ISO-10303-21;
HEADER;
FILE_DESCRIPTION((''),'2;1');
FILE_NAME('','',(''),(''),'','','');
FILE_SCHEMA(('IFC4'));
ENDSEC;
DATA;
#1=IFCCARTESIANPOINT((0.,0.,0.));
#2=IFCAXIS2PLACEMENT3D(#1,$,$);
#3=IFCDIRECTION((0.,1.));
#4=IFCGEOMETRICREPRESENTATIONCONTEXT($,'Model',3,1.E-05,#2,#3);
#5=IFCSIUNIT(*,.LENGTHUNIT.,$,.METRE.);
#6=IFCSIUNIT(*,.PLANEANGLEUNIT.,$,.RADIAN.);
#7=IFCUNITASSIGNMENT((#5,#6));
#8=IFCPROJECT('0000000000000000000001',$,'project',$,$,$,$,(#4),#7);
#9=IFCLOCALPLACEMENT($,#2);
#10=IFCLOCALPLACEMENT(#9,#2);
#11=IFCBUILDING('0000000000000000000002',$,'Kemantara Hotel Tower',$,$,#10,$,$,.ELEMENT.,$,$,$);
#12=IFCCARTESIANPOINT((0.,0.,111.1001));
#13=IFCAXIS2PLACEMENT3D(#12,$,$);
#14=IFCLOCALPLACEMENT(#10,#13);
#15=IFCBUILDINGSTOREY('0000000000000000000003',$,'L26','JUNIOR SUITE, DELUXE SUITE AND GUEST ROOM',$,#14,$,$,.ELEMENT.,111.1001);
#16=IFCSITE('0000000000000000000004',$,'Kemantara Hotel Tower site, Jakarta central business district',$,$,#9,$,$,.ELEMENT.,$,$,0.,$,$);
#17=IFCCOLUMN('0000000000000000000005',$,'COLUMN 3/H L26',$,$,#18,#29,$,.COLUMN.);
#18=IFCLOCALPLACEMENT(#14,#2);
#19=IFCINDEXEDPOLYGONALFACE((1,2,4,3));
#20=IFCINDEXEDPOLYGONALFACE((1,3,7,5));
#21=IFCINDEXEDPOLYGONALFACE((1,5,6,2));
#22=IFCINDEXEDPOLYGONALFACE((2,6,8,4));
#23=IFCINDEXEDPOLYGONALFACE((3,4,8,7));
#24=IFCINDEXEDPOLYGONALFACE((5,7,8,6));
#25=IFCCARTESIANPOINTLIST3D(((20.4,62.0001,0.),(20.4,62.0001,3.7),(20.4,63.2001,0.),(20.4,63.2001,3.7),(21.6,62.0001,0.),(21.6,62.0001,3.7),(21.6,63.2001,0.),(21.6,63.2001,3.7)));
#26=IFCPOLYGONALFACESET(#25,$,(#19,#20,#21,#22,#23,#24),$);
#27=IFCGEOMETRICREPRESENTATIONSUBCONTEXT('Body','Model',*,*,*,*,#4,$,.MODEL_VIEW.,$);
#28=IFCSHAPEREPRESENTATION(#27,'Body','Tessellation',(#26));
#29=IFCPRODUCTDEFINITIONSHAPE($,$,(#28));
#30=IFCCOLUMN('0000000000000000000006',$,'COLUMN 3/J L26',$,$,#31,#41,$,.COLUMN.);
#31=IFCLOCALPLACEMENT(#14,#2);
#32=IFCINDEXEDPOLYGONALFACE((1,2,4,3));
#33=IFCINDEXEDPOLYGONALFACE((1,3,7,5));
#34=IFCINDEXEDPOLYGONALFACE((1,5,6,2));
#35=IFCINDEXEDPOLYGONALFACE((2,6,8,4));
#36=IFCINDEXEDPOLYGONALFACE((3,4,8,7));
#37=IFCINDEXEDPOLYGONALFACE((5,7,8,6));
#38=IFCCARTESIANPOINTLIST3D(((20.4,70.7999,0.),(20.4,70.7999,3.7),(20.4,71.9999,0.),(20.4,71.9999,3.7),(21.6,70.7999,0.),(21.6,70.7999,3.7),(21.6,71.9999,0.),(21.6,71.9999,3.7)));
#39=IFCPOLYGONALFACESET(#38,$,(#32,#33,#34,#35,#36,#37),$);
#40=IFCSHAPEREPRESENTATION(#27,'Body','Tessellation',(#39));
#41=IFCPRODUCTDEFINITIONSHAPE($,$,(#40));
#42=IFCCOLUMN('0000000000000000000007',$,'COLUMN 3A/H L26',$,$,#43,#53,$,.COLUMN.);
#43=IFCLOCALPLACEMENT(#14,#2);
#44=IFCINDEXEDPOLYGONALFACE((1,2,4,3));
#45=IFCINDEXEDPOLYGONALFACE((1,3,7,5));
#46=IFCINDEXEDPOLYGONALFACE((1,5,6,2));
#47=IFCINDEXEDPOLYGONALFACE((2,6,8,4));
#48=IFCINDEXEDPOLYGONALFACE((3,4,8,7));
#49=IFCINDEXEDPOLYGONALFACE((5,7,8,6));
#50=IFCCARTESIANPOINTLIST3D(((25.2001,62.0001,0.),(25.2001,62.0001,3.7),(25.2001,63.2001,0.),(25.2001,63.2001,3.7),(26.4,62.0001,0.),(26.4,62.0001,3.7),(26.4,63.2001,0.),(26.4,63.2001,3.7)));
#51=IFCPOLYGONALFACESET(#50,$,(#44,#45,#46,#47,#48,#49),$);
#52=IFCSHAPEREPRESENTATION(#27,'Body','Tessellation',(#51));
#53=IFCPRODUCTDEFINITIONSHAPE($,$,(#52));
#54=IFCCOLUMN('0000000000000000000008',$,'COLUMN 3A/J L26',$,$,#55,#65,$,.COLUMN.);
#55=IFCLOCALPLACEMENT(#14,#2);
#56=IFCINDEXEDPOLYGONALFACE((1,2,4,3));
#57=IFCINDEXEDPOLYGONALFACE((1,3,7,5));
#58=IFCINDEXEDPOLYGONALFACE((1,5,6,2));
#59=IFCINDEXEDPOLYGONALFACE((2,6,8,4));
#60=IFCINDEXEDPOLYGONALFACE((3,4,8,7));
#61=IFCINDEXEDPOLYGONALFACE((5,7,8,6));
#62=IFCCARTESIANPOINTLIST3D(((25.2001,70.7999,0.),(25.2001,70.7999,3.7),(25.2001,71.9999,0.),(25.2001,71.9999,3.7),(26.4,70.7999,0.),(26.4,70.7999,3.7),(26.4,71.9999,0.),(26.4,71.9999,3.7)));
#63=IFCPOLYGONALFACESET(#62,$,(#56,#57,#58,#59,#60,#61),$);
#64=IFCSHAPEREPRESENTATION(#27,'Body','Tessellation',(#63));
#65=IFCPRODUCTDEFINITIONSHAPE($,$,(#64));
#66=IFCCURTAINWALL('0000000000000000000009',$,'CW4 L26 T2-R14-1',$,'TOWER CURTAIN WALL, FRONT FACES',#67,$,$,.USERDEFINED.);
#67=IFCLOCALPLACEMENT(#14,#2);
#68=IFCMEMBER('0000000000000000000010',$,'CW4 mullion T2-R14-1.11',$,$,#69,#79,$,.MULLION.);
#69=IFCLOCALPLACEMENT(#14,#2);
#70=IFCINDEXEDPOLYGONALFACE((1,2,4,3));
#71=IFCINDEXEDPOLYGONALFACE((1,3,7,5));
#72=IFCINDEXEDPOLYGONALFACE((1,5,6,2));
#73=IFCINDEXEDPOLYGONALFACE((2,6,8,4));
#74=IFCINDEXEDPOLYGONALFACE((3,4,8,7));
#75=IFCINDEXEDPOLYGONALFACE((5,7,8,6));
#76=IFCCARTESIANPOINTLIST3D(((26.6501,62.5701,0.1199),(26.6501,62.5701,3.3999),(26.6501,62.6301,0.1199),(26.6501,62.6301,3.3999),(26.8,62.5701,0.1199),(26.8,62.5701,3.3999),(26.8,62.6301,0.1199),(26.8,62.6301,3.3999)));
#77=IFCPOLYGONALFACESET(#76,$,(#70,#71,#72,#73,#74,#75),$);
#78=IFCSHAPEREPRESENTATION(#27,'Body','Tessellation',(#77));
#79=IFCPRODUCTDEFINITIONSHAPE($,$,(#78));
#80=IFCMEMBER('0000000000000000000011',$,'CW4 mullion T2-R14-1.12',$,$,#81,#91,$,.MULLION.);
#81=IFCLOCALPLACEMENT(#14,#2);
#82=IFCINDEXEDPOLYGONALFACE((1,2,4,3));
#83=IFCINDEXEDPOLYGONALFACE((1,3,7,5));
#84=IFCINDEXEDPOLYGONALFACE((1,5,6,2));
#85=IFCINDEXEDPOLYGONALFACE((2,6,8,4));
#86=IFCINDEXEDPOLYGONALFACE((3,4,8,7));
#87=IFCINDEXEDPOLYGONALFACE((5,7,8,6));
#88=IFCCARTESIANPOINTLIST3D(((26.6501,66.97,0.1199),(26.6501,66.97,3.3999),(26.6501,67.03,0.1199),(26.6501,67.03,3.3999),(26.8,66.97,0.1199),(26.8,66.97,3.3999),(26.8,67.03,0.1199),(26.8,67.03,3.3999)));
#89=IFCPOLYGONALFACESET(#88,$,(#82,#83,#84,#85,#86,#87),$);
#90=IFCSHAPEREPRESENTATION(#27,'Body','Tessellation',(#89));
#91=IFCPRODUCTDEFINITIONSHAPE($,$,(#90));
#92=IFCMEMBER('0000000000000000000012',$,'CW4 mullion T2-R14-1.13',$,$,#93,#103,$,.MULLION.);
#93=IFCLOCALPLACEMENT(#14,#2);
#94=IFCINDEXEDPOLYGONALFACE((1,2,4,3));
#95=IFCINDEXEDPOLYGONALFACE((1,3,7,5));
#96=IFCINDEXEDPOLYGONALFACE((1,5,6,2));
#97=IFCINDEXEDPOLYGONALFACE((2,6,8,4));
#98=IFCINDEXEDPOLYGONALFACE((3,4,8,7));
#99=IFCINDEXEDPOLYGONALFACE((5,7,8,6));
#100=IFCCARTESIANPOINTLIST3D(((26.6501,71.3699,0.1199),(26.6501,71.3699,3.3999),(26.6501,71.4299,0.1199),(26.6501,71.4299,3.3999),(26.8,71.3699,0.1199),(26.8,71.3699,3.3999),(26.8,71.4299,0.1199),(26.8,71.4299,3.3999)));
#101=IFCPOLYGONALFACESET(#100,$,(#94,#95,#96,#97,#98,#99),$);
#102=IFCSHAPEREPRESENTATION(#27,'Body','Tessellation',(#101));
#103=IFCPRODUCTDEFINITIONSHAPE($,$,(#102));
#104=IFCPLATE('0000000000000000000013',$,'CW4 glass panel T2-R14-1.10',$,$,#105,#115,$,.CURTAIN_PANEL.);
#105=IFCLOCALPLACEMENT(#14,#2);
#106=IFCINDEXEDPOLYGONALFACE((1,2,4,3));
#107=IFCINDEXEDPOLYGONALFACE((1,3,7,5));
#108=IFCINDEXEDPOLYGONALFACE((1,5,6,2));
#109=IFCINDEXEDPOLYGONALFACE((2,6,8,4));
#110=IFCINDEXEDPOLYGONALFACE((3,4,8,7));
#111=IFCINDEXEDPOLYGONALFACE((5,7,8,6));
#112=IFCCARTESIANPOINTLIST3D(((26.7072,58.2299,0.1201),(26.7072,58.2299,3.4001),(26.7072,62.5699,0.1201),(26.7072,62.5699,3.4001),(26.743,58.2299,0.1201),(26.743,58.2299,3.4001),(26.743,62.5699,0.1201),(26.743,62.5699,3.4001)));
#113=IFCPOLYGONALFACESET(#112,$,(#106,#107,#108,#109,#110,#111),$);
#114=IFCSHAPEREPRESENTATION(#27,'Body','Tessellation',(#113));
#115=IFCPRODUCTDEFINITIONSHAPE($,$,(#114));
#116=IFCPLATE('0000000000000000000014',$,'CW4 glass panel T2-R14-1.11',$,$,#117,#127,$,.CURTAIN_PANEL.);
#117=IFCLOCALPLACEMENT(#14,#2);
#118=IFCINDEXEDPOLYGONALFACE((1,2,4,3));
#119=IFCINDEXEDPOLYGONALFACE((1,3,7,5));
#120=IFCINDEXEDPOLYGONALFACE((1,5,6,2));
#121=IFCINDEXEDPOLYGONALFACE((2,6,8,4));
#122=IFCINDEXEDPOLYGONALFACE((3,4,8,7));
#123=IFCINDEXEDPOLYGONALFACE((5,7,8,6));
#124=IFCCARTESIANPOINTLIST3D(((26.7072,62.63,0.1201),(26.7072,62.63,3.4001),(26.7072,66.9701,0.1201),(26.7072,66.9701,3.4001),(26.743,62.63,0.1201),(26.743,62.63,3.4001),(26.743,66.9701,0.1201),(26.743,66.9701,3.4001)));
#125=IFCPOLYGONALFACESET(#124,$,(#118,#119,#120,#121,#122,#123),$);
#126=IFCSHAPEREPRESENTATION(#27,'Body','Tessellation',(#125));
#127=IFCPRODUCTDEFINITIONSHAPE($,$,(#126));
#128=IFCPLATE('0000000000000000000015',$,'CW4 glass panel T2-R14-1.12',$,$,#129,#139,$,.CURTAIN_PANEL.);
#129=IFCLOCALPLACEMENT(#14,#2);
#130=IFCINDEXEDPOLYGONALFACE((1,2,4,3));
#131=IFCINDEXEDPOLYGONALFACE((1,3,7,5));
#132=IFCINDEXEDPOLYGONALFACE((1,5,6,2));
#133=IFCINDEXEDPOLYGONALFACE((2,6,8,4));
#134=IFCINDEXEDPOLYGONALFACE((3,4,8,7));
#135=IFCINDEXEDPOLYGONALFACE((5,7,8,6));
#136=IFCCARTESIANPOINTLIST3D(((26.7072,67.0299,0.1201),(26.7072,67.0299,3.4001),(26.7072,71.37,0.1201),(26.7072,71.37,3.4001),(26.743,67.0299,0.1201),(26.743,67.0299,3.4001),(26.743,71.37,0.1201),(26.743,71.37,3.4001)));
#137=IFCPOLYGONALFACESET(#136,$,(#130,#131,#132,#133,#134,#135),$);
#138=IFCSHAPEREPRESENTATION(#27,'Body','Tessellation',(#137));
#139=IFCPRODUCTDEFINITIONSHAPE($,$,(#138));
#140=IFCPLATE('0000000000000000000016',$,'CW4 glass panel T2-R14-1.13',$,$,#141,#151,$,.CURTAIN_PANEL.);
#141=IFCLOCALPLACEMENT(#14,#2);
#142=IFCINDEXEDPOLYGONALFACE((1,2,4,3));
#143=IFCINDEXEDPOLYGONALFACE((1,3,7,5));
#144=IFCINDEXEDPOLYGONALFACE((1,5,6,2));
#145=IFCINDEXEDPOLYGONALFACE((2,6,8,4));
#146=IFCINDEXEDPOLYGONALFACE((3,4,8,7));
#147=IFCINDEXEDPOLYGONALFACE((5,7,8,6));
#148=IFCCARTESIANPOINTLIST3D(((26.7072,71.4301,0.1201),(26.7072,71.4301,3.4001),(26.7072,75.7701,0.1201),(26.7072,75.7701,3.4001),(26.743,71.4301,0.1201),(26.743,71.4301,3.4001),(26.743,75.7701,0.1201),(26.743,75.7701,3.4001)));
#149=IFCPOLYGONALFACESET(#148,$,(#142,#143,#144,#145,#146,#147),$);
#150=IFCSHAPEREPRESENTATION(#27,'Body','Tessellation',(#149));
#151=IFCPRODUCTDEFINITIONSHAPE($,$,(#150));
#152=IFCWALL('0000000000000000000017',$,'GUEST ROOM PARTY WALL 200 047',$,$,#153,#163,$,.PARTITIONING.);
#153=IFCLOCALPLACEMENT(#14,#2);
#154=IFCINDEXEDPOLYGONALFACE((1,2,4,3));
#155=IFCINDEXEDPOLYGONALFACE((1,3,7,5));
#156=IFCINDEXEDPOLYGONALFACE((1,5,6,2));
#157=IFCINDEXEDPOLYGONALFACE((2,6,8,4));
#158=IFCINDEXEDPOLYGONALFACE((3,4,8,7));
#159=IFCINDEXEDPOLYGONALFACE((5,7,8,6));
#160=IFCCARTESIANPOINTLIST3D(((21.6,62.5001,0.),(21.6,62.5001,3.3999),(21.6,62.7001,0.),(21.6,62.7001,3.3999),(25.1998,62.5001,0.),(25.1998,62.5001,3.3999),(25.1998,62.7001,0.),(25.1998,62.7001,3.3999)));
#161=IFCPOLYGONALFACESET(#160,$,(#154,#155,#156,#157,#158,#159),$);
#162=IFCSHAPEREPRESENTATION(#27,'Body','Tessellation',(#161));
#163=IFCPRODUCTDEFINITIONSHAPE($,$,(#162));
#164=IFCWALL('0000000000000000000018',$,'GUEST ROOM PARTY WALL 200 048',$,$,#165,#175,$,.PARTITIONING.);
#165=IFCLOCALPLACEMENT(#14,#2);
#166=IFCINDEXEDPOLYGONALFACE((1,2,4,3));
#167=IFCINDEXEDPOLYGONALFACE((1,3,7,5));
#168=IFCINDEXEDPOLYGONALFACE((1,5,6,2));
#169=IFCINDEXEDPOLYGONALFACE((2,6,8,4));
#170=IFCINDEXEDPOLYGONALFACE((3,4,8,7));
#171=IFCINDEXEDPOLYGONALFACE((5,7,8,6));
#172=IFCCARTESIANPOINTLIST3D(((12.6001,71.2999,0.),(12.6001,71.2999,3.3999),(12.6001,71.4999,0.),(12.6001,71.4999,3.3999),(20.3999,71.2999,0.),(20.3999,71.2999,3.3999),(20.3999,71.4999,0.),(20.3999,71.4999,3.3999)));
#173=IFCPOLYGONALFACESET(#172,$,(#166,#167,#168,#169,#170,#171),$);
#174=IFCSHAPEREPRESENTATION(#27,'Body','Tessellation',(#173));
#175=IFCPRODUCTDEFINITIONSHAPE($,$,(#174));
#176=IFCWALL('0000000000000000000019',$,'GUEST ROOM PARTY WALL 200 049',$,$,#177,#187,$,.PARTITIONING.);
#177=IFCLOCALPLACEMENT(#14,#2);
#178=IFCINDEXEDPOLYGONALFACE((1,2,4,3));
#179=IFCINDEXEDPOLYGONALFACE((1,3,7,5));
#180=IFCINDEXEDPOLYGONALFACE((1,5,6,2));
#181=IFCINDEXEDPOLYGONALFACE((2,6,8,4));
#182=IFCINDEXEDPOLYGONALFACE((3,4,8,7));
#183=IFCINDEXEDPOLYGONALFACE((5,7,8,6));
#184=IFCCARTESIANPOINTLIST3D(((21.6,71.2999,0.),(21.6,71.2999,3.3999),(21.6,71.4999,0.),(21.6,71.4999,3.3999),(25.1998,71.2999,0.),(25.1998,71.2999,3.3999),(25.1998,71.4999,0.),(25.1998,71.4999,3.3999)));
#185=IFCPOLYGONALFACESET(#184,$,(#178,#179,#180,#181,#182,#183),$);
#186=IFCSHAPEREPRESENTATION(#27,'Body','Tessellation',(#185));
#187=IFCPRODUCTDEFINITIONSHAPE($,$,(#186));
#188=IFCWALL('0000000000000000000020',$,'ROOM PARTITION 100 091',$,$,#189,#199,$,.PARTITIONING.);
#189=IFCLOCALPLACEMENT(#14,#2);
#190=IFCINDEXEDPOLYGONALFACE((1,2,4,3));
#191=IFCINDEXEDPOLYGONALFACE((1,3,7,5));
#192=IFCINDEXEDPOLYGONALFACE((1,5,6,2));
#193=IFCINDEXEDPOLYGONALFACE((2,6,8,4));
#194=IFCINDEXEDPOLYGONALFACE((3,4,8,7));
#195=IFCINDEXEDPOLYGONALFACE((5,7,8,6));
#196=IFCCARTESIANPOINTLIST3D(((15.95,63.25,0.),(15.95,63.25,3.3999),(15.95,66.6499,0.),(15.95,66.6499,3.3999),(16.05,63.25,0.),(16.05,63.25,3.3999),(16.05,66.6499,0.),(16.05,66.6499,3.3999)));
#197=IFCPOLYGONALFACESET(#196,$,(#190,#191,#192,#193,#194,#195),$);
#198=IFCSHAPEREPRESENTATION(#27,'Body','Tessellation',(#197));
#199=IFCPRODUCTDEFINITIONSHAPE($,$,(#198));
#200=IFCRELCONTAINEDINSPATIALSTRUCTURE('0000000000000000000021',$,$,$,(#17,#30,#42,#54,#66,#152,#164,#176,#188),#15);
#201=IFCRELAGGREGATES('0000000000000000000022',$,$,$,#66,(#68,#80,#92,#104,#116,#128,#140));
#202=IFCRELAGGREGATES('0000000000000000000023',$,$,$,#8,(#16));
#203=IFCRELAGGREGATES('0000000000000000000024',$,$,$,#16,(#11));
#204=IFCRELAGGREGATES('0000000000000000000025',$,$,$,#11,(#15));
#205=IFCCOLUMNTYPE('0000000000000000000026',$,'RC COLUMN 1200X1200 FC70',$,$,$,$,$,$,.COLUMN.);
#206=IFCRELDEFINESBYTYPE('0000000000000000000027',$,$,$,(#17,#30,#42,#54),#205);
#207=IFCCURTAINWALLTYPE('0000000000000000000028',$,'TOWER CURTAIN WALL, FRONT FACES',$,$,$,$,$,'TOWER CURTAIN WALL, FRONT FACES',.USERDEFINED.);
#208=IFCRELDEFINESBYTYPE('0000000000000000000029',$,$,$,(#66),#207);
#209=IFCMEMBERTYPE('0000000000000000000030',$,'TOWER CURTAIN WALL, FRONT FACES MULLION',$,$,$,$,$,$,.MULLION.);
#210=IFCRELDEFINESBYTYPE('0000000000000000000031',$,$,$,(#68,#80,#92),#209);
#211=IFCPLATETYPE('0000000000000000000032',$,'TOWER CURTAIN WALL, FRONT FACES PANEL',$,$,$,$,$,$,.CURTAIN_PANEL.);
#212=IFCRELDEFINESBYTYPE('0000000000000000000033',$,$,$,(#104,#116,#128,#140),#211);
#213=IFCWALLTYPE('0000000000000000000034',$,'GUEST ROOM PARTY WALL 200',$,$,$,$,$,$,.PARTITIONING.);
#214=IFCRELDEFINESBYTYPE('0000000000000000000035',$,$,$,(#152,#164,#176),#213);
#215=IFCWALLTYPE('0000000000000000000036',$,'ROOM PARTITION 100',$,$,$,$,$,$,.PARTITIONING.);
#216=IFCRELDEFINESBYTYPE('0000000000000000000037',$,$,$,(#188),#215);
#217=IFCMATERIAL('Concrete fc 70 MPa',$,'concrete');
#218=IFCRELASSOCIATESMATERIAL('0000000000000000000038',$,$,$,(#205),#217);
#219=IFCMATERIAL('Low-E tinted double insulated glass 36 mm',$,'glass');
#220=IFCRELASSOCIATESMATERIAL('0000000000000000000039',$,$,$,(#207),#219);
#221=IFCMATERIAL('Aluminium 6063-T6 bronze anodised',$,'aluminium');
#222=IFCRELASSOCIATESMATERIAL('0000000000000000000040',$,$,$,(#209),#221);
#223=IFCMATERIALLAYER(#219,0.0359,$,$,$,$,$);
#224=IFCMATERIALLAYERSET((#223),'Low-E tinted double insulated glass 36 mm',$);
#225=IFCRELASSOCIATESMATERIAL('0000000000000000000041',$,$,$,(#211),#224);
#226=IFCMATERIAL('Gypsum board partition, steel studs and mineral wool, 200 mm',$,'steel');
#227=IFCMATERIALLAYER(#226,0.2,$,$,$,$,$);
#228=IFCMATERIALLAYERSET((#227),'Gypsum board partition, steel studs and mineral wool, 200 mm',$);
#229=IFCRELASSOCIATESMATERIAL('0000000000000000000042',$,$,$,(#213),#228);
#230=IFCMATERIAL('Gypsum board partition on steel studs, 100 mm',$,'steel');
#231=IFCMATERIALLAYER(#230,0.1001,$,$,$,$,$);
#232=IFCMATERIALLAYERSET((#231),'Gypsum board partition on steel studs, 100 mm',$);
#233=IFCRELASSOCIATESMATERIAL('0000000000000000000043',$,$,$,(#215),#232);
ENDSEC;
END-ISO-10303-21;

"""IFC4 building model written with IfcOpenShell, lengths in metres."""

from ifc_helpers import new_model, si_unit, direction, frame, frame_2d, origin, origin_2d, place, context, subcontext, project, spatial, rectangle, extrude, source, transform, mapped, material, layer, layer_set, material_profile, profile_set, type_object, element, aggregate, save


model = new_model("IFC4")

# Units and contexts
model_context = context("Model", 3, precision=1e-05, world=origin(), true_north=direction((0.0, 1.0)))
body_context = subcontext(model_context, "Body", "Model", "MODEL_VIEW")
ifc_project = project(units=[si_unit("LENGTHUNIT", "METRE"), si_unit("PLANEANGLEUNIT", "RADIAN")], contexts=[model_context])

# Site, building, storey
site_placement = place(None, origin())
site = spatial("IfcSite", under=ifc_project, at=site_placement, Name="Kemantara Hotel Tower site, Jakarta central business district", CompositionType="ELEMENT", RefElevation=0.0)
building_placement = place(site_placement, origin())
building = spatial("IfcBuilding", under=site, at=building_placement, Name="Kemantara Hotel Tower", CompositionType="ELEMENT")
storey_placement = place(building_placement, frame((0.0, 0.0, 111.1001)))
storey = spatial("IfcBuildingStorey", under=building, at=storey_placement, Name="L26", Description="JUNIOR SUITE, DELUXE SUITE AND GUEST ROOM", CompositionType="ELEMENT", Elevation=111.1001)

# Columns
ifc_material_1 = material(Name="Concrete fc 70 MPa", Category="concrete")
ifc_material_profile_1 = material_profile(ifc_material_1, rectangle(XDim=1.2, YDim=1.2, at=origin_2d()), Name="RC 1200X1200")
ifc_profile_set_1 = profile_set([ifc_material_profile_1], Name="Concrete fc 70 MPa")
column_type = type_object("IfcColumnType", Name="RC COLUMN 1200X1200 FC70", PredefinedType="COLUMN", material=ifc_profile_set_1)
for number, where, z_axis, x_axis, name in (
    (1, (21.0, 62.6001, 0.0), (0.0, 0.0, 1.0), (1.0, 0.0, 0.0), "COLUMN 3/H L26"),
    (2, (21.0, 71.3999, 0.0), (0.0, 0.0, 1.0), (1.0, 0.0, 0.0), "COLUMN 3/J L26"),
    (3, (25.8, 62.6001, 0.0), (0.0, 0.0, 1.0), (1.0, 0.0, 0.0), "COLUMN 3A/H L26"),
    (4, (25.8, 71.3999, 0.0), (0.0, 0.0, 1.0), (1.0, 0.0, 0.0), "COLUMN 3A/J L26"),
):
    element("IfcColumn", number, at=place(storey_placement, frame(where, z_axis=z_axis, x_axis=x_axis)), inside=storey, type_object=column_type, Name=name, PredefinedType="COLUMN", context=body_context, shape_type="SweptSolid", body=[
        extrude(rectangle(XDim=1.2, YDim=1.2, at=origin_2d()), origin(), (0.0, 0.0, 1.0), 3.7),
    ])

# Curtain wall, members, plates
ifc_material_2 = material(Name="Low-E tinted double insulated glass 36 mm", Category="glass")
curtain_wall_type = type_object("IfcCurtainWallType", Name="TOWER CURTAIN WALL, FRONT FACES", ElementType="TOWER CURTAIN WALL, FRONT FACES", PredefinedType="USERDEFINED", material=ifc_material_2)
curtain_wall_placement = place(storey_placement, origin())
curtain_wall = element("IfcCurtainWall", 5, at=curtain_wall_placement, inside=storey, type_object=curtain_wall_type, Name="CW4 L26 T2-R14-1", ObjectType="TOWER CURTAIN WALL, FRONT FACES", PredefinedType="USERDEFINED")
ifc_material_3 = material(Name="Aluminium 6063-T6 bronze anodised", Category="aluminium")
ifc_material_profile_2 = material_profile(ifc_material_3, rectangle(XDim=0.1499, YDim=0.0601, at=origin_2d()), Name="TOWER CURTAIN WALL, FRONT FACES MULLION")
ifc_profile_set_2 = profile_set([ifc_material_profile_2], Name="Aluminium 6063-T6 bronze anodised")
member_type = type_object("IfcMemberType", Name="TOWER CURTAIN WALL, FRONT FACES MULLION", PredefinedType="MULLION", material=ifc_profile_set_2)
shared_shape_1 = source(origin(), body_context, "Body", "SweptSolid", [
    extrude(rectangle(XDim=0.1499, YDim=0.0601, at=origin_2d()), origin(), (0.0, 0.0, 1.0), 3.28),
])
member_1_placement = place(storey_placement, frame((26.7251, 62.6001, 0.1199), z_axis=(0.0, 0.0, 1.0), x_axis=(-1.0, 0.0, 0.0)))
member_1 = element("IfcMember", 6, at=member_1_placement, type_object=member_type, Name="CW4 mullion T2-R14-1.11", PredefinedType="MULLION", context=body_context, shape_type="MappedRepresentation", body=[
    mapped(shared_shape_1, transform((0.0, 0.0, 0.0))),
])
member_2_placement = place(storey_placement, frame((26.7251, 67.0, 0.1199), z_axis=(0.0, 0.0, 1.0), x_axis=(-1.0, 0.0, 0.0)))
member_2 = element("IfcMember", 7, at=member_2_placement, type_object=member_type, Name="CW4 mullion T2-R14-1.12", PredefinedType="MULLION", context=body_context, shape_type="MappedRepresentation", body=[
    mapped(shared_shape_1, transform((0.0, 0.0, 0.0))),
])
member_3_placement = place(storey_placement, frame((26.7251, 71.3999, 0.1199), z_axis=(0.0, 0.0, 1.0), x_axis=(-1.0, 0.0, 0.0)))
member_3 = element("IfcMember", 8, at=member_3_placement, type_object=member_type, Name="CW4 mullion T2-R14-1.13", PredefinedType="MULLION", context=body_context, shape_type="MappedRepresentation", body=[
    mapped(shared_shape_1, transform((0.0, 0.0, 0.0))),
])
ifc_layer_1 = layer(ifc_material_2, 0.0359)
ifc_layer_set_1 = layer_set([ifc_layer_1], Name="Low-E tinted double insulated glass 36 mm")
plate_type = type_object("IfcPlateType", Name="TOWER CURTAIN WALL, FRONT FACES PANEL", PredefinedType="CURTAIN_PANEL", material=ifc_layer_set_1)
shared_shape_2 = source(origin(), body_context, "Body", "SweptSolid", [
    extrude(rectangle(XDim=4.3401, YDim=0.0359, at=origin_2d()), origin(), (0.0, 0.0, 1.0), 3.28),
])
plate_1_placement = place(storey_placement, frame((26.7251, 60.3999, 0.1201), z_axis=(0.0, 0.0, 1.0), x_axis=(0.0, 1.0, 0.0)))
plate_1 = element("IfcPlate", 9, at=plate_1_placement, type_object=plate_type, Name="CW4 glass panel T2-R14-1.10", PredefinedType="CURTAIN_PANEL", context=body_context, shape_type="MappedRepresentation", body=[
    mapped(shared_shape_2, transform((0.0, 0.0, 0.0))),
])
plate_2_placement = place(storey_placement, frame((26.7251, 64.8, 0.1201), z_axis=(0.0, 0.0, 1.0), x_axis=(0.0, 1.0, 0.0)))
plate_2 = element("IfcPlate", 10, at=plate_2_placement, type_object=plate_type, Name="CW4 glass panel T2-R14-1.11", PredefinedType="CURTAIN_PANEL", context=body_context, shape_type="MappedRepresentation", body=[
    mapped(shared_shape_2, transform((0.0, 0.0, 0.0))),
])
plate_3_placement = place(storey_placement, frame((26.7251, 69.2, 0.1201), z_axis=(0.0, 0.0, 1.0), x_axis=(0.0, 1.0, 0.0)))
plate_3 = element("IfcPlate", 11, at=plate_3_placement, type_object=plate_type, Name="CW4 glass panel T2-R14-1.12", PredefinedType="CURTAIN_PANEL", context=body_context, shape_type="MappedRepresentation", body=[
    mapped(shared_shape_2, transform((0.0, 0.0, 0.0))),
])
plate_4_placement = place(storey_placement, frame((26.7251, 73.6001, 0.1201), z_axis=(0.0, 0.0, 1.0), x_axis=(0.0, 1.0, 0.0)))
plate_4 = element("IfcPlate", 12, at=plate_4_placement, type_object=plate_type, Name="CW4 glass panel T2-R14-1.13", PredefinedType="CURTAIN_PANEL", context=body_context, shape_type="MappedRepresentation", body=[
    mapped(shared_shape_2, transform((0.0, 0.0, 0.0))),
])
aggregate(curtain_wall, [member_1, member_2, member_3, plate_1, plate_2, plate_3, plate_4])

# Walls
ifc_material_4 = material(Name="Gypsum board partition, steel studs and mineral wool, 200 mm", Category="steel")
ifc_layer_2 = layer(ifc_material_4, 0.2)
ifc_layer_set_2 = layer_set([ifc_layer_2], Name="Gypsum board partition, steel studs and mineral wool, 200 mm")
wall_type_1 = type_object("IfcWallType", Name="GUEST ROOM PARTY WALL 200", PredefinedType="PARTITIONING", material=ifc_layer_set_2)
wall_1_placement = place(storey_placement, frame((21.6001, 62.6001, 0.0), z_axis=(0.0, 0.0, 1.0), x_axis=(1.0, 0.0, 0.0)))
element("IfcWall", 13, at=wall_1_placement, inside=storey, type_object=wall_type_1, Name="GUEST ROOM PARTY WALL 200 047", PredefinedType="PARTITIONING", context=body_context, shape_type="SweptSolid", body=[
    extrude(rectangle(XDim=3.5999, YDim=0.2, at=frame_2d((1.7998, 0.0))), origin(), (0.0, 0.0, 1.0), 3.3999),
])
wall_2_placement = place(storey_placement, frame((12.6001, 71.3999, 0.0), z_axis=(0.0, 0.0, 1.0), x_axis=(1.0, 0.0, 0.0)))
element("IfcWall", 14, at=wall_2_placement, inside=storey, type_object=wall_type_1, Name="GUEST ROOM PARTY WALL 200 048", PredefinedType="PARTITIONING", context=body_context, shape_type="SweptSolid", body=[
    extrude(rectangle(XDim=7.7998, YDim=0.2, at=frame_2d((3.8999, 0.0))), origin(), (0.0, 0.0, 1.0), 3.3999),
])
wall_3_placement = place(storey_placement, frame((21.6001, 71.3999, 0.0), z_axis=(0.0, 0.0, 1.0), x_axis=(1.0, 0.0, 0.0)))
element("IfcWall", 15, at=wall_3_placement, inside=storey, type_object=wall_type_1, Name="GUEST ROOM PARTY WALL 200 049", PredefinedType="PARTITIONING", context=body_context, shape_type="SweptSolid", body=[
    extrude(rectangle(XDim=3.5999, YDim=0.2, at=frame_2d((1.7998, 0.0))), origin(), (0.0, 0.0, 1.0), 3.3999),
])
ifc_material_5 = material(Name="Gypsum board partition on steel studs, 100 mm", Category="steel")
ifc_layer_3 = layer(ifc_material_5, 0.1001)
ifc_layer_set_3 = layer_set([ifc_layer_3], Name="Gypsum board partition on steel studs, 100 mm")
wall_type_2 = type_object("IfcWallType", Name="ROOM PARTITION 100", PredefinedType="PARTITIONING", material=ifc_layer_set_3)
wall_4_placement = place(storey_placement, frame((16.0, 63.25, 0.0), z_axis=(0.0, 0.0, 1.0), x_axis=(0.0, 1.0, 0.0)))
element("IfcWall", 16, at=wall_4_placement, inside=storey, type_object=wall_type_2, Name="ROOM PARTITION 100 091", PredefinedType="PARTITIONING", context=body_context, shape_type="SweptSolid", body=[
    extrude(rectangle(XDim=3.3999, YDim=0.1001, at=frame_2d((1.7, 0.0))), origin(), (0.0, 0.0, 1.0), 3.3999),
])

save(model, "model.ifc")
